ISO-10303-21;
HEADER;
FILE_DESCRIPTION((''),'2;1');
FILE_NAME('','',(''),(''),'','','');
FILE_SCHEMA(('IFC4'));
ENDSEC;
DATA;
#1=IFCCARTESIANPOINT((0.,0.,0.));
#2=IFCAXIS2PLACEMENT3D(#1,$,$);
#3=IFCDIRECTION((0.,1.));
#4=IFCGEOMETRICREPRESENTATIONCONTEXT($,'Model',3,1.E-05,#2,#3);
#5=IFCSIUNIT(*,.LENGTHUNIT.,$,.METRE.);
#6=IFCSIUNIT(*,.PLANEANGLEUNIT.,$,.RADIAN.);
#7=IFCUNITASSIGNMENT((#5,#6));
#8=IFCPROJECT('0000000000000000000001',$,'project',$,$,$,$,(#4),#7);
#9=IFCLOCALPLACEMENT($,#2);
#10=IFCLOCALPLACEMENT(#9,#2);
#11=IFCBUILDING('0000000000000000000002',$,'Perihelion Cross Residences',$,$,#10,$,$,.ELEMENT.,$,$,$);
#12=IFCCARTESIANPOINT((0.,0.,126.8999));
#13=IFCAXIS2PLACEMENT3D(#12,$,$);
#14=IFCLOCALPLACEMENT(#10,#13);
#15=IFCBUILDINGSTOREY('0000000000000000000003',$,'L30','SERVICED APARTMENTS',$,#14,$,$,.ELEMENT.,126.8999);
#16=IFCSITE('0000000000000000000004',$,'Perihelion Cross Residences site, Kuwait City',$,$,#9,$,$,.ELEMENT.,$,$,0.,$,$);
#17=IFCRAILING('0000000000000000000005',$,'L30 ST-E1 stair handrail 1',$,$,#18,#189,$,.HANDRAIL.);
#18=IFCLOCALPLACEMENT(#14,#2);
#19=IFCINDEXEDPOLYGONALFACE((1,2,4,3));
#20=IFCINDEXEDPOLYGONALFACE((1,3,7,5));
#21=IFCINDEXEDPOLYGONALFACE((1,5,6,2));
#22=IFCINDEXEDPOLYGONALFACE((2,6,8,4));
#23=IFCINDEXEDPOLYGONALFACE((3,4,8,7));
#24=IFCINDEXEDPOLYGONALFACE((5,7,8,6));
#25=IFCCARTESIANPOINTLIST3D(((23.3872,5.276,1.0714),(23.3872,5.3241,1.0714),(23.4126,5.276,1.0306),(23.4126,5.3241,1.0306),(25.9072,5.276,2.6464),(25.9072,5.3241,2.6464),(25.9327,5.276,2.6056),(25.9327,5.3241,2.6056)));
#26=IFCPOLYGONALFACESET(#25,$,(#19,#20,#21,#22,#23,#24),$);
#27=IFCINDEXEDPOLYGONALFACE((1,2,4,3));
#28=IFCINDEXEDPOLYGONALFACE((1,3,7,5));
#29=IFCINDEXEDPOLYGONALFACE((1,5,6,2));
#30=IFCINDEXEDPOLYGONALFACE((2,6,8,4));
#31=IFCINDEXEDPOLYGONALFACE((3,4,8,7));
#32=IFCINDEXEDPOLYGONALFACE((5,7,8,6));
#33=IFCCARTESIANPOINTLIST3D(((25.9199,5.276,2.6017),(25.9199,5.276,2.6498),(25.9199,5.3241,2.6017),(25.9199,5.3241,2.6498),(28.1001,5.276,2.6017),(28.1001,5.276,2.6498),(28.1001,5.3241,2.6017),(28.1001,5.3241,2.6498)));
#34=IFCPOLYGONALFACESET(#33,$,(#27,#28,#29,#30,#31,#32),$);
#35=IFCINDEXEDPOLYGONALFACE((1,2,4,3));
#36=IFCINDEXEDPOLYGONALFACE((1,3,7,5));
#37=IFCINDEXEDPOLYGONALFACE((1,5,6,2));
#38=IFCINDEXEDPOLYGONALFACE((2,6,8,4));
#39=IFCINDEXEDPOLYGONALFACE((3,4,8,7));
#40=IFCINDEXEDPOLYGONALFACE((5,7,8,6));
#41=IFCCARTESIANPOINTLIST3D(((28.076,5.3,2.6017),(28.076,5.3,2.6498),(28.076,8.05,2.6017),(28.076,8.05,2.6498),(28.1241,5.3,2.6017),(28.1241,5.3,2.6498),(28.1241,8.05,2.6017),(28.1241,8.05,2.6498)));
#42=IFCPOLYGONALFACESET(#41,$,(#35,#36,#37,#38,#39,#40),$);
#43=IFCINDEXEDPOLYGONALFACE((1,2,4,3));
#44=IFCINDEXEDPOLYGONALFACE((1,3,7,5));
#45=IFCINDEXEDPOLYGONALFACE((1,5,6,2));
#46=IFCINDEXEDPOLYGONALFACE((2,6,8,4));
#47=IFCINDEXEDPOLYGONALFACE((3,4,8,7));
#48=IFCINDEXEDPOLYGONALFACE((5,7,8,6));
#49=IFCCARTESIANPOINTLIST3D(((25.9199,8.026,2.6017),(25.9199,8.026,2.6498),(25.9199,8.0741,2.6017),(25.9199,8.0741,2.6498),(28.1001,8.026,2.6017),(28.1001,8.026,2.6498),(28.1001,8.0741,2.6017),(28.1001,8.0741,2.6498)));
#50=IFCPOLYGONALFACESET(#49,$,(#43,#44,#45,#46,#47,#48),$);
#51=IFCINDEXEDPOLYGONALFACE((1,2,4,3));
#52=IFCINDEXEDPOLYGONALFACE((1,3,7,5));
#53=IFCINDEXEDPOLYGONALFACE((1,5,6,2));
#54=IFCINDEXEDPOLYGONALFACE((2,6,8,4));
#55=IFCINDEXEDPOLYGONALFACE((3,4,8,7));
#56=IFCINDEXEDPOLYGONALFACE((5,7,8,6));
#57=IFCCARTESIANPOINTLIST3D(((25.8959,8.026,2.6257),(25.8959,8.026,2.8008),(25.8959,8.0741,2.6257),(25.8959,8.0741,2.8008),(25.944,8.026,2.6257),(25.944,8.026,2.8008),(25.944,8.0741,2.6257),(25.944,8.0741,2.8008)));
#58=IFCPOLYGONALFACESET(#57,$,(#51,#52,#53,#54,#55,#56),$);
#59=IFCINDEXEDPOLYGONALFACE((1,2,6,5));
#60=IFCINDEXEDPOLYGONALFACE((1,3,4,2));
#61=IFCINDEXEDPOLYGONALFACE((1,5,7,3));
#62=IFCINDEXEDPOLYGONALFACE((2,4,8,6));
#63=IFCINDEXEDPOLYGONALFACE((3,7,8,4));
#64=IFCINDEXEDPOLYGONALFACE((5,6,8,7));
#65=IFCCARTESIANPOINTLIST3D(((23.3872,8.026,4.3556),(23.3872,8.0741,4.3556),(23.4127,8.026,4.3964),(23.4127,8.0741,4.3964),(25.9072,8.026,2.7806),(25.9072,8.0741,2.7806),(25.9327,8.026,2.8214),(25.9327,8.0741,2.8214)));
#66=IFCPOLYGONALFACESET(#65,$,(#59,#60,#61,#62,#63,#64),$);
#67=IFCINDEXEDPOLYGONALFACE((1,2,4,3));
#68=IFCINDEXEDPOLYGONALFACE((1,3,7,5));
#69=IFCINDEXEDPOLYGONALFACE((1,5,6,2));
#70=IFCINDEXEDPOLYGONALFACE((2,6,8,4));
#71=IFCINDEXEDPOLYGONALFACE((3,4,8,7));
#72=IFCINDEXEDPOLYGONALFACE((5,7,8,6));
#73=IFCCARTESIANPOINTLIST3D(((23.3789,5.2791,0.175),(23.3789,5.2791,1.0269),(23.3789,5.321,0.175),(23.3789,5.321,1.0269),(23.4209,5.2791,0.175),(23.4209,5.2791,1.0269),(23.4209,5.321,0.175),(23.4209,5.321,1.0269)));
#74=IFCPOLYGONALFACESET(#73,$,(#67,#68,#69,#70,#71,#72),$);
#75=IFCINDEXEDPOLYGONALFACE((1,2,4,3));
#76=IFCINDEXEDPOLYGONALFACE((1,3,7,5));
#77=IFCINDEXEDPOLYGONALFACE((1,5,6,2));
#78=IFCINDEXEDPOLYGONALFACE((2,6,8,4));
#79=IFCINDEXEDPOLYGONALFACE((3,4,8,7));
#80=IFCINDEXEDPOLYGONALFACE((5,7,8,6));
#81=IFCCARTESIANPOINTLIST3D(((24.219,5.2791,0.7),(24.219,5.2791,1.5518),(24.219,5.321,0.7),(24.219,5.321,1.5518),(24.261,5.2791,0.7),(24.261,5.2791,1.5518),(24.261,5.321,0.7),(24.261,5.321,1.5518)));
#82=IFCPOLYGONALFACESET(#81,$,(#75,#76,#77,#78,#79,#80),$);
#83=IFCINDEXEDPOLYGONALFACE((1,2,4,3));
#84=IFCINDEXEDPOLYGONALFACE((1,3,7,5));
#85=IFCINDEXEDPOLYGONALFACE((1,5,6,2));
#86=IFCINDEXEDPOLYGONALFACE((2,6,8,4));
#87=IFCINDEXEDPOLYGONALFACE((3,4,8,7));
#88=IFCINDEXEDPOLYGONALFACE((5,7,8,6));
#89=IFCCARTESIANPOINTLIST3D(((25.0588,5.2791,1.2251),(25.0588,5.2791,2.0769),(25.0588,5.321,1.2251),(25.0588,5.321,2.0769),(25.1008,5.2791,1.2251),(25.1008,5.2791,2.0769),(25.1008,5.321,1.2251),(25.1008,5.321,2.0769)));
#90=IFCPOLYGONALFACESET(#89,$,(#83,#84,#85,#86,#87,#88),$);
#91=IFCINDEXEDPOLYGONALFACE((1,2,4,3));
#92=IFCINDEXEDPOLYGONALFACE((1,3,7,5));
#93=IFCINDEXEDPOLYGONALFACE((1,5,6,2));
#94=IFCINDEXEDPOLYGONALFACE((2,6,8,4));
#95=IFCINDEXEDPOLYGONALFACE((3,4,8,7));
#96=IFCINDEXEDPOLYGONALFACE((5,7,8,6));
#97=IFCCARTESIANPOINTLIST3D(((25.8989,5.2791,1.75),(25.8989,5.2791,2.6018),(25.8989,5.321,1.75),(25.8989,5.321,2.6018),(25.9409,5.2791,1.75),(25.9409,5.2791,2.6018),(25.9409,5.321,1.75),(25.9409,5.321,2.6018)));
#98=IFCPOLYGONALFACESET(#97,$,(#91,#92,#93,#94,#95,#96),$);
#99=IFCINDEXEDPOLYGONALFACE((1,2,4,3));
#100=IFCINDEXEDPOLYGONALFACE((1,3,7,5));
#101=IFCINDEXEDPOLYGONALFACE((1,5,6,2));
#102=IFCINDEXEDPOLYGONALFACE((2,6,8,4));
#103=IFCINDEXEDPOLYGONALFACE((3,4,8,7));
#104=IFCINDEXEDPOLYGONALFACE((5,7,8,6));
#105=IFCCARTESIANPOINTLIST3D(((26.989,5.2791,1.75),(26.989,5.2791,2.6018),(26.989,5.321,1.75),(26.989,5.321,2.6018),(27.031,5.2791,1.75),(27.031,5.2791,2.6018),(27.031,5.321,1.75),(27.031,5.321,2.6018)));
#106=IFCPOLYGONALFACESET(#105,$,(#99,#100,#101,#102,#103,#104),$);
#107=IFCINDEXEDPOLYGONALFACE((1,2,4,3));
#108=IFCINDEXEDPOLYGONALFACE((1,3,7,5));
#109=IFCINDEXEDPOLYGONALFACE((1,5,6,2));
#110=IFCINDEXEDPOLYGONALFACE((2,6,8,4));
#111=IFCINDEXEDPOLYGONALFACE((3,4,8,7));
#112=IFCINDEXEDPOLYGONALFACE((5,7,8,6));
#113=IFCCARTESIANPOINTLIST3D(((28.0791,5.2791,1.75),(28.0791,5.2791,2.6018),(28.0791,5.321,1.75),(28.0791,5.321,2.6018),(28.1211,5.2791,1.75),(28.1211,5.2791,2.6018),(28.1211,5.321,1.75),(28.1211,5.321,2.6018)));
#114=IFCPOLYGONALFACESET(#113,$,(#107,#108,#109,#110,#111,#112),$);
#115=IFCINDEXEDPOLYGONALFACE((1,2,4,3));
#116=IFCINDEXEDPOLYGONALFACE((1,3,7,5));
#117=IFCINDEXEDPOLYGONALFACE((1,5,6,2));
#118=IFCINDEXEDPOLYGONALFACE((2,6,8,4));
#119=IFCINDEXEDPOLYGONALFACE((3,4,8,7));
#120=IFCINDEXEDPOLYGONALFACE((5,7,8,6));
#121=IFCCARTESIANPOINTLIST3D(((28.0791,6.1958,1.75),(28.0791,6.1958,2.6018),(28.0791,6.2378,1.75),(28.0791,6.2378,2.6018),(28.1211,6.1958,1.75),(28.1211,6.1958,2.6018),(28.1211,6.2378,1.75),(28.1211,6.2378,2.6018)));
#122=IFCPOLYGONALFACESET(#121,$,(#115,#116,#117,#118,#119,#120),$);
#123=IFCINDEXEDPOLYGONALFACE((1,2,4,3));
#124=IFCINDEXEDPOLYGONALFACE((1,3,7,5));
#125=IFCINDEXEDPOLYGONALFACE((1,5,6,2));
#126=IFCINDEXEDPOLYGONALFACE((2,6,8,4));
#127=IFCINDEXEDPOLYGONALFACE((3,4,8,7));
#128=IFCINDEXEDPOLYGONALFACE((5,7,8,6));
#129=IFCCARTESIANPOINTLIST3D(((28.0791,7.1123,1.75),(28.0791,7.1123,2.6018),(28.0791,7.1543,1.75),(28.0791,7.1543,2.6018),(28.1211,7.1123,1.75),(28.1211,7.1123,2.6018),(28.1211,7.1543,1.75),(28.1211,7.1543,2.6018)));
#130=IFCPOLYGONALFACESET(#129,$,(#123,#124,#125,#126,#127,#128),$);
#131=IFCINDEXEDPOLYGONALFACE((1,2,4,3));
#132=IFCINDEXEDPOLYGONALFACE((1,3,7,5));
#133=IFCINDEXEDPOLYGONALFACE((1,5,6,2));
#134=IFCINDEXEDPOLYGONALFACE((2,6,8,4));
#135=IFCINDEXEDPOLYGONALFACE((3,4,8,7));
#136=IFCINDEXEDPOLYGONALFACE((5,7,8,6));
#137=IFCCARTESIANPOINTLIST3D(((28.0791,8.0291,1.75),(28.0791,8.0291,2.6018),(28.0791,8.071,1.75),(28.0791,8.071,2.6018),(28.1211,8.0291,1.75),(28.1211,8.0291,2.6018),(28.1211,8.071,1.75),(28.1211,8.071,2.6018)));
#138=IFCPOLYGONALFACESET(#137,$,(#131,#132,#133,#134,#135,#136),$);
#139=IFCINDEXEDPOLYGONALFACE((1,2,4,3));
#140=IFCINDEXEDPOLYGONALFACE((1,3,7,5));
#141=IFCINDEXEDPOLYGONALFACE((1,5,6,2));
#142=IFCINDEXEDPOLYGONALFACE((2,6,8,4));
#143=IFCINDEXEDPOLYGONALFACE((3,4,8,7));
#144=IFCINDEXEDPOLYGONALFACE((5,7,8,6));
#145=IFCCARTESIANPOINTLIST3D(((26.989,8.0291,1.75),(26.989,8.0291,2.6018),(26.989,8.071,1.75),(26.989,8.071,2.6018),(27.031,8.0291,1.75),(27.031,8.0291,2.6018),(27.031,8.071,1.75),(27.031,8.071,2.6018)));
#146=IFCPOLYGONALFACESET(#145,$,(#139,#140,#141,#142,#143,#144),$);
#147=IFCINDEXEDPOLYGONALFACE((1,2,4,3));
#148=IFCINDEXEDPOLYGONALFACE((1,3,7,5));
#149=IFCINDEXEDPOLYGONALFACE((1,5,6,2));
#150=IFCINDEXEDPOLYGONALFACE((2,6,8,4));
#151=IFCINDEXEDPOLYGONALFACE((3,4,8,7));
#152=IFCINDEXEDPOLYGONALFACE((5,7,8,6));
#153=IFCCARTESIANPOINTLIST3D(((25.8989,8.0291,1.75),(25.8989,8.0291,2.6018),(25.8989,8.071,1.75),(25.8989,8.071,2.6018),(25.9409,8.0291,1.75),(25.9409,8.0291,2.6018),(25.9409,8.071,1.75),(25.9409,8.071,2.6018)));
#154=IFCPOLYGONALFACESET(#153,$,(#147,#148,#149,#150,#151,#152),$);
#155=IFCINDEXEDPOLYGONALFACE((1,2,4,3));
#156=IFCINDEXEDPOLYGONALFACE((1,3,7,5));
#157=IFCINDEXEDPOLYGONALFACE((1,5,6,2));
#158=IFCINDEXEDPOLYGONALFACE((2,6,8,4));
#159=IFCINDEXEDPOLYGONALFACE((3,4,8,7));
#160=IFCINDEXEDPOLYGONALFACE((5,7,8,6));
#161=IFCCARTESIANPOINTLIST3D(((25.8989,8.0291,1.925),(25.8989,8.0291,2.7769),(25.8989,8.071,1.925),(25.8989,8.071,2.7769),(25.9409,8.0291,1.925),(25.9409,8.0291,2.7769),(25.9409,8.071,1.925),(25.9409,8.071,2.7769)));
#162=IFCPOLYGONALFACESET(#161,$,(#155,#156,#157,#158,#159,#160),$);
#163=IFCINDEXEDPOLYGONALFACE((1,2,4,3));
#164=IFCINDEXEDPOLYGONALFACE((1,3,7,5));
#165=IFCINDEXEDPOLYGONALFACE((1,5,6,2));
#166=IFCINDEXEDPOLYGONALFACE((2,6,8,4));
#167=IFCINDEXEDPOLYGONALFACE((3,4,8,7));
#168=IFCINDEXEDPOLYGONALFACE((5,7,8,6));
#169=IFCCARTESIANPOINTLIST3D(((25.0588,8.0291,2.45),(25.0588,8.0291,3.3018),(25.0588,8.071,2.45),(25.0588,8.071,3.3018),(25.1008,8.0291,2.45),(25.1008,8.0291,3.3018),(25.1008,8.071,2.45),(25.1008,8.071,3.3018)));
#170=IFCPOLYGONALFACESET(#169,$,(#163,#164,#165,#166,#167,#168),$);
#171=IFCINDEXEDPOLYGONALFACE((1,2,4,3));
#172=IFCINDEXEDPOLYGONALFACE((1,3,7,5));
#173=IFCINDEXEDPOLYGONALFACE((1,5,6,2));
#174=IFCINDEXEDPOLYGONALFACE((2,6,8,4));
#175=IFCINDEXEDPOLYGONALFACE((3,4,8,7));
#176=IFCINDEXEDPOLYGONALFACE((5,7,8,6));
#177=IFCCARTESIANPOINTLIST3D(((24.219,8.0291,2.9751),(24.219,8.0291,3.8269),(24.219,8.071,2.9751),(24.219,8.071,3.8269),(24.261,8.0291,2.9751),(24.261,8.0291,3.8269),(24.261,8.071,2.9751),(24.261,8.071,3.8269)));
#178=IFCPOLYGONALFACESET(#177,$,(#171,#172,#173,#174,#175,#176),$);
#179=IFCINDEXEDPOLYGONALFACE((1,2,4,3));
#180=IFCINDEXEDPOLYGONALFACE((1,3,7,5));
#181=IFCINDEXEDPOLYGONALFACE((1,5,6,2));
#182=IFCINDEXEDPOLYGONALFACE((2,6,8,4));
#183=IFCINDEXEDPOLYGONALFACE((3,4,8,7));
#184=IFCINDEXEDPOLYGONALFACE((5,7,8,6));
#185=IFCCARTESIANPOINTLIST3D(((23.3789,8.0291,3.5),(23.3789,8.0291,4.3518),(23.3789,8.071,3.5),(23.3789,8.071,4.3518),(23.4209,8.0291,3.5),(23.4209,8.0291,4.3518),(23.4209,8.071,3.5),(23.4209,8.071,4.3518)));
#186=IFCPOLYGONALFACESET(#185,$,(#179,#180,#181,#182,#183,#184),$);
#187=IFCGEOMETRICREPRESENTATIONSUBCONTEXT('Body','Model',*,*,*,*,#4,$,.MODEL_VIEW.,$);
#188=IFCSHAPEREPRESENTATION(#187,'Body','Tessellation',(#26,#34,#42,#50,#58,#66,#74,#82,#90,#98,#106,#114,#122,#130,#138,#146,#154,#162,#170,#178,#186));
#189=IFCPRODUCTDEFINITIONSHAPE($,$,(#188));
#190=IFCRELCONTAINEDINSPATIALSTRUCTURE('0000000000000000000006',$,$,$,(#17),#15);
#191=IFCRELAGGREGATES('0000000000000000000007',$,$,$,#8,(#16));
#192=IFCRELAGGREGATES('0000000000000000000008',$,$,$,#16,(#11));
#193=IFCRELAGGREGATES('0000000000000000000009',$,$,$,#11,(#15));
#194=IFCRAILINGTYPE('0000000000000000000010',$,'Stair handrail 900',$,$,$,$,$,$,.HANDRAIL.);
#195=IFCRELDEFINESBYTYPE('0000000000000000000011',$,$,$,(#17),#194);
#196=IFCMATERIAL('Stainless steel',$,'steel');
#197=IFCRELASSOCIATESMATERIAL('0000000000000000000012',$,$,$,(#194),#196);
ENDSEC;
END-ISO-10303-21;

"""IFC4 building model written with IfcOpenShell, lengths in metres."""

from ifc_helpers import new_model, si_unit, direction, frame, origin, origin_2d, place, context, subcontext, project, spatial, rectangle, extrude, material, type_object, element, save


model = new_model("IFC4")

# Units and contexts
model_context = context("Model", 3, precision=1e-05, world=origin(), true_north=direction((0.0, 1.0)))
body_context = subcontext(model_context, "Body", "Model", "MODEL_VIEW")
ifc_project = project(units=[si_unit("LENGTHUNIT", "METRE"), si_unit("PLANEANGLEUNIT", "RADIAN")], contexts=[model_context])

# Site, building, storey
site_placement = place(None, origin())
site = spatial("IfcSite", under=ifc_project, at=site_placement, Name="Perihelion Cross Residences site, Kuwait City", CompositionType="ELEMENT", RefElevation=0.0)
building_placement = place(site_placement, origin())
building = spatial("IfcBuilding", under=site, at=building_placement, Name="Perihelion Cross Residences", CompositionType="ELEMENT")
storey_placement = place(building_placement, frame((0.0, 0.0, 126.8999)))
storey = spatial("IfcBuildingStorey", under=building, at=storey_placement, Name="L30", Description="SERVICED APARTMENTS", CompositionType="ELEMENT", Elevation=126.8999)

# Railing
ifc_material_1 = material(Name="Stainless steel", Category="steel")
railing_type_1 = type_object("IfcRailingType", Name="Stair handrail 900", PredefinedType="HANDRAIL", material=ifc_material_1)
railing_1_placement = place(storey_placement, frame((23.3999, 5.3, 0.175)))
element("IfcRailing", 1, at=railing_1_placement, inside=storey, type_object=railing_type_1, Name="L30 ST-E1 stair handrail 1", PredefinedType="HANDRAIL", context=body_context, shape_type="SweptSolid", body=[
    extrude(rectangle(XDim=0.0481, YDim=0.0481, at=origin_2d()), frame((0.0, 0.0, 0.876), z_axis=(0.848008, 0.0, 0.529984), x_axis=(0.0, 1.0, 0.0)), (0.0, 0.0, 1.0), 2.9717),
    extrude(rectangle(XDim=0.0481, YDim=0.0481, at=origin_2d()), frame((2.52, 0.0, 2.4507), z_axis=(1.0, 0.0, 0.0), x_axis=(0.0, 1.0, 0.0)), (0.0, 0.0, 1.0), 2.1802),
    extrude(rectangle(XDim=0.0481, YDim=0.0481, at=origin_2d()), frame((4.7002, 0.0, 2.4507), z_axis=(0.0, 1.0, 0.0), x_axis=(-1.0, 0.0, 0.0)), (0.0, 0.0, 1.0), 2.75),
    extrude(rectangle(XDim=0.0481, YDim=0.0481, at=origin_2d()), frame((4.7002, 2.75, 2.4507), z_axis=(-1.0, 0.0, 0.0), x_axis=(0.0, -1.0, 0.0)), (0.0, 0.0, 1.0), 2.1802),
    extrude(rectangle(XDim=0.0481, YDim=0.0481, at=origin_2d()), frame((2.52, 2.75, 2.4507), z_axis=(0.0, 0.0, 1.0), x_axis=(1.0, 0.0, 0.0)), (0.0, 0.0, 1.0), 0.175),
    extrude(rectangle(XDim=0.0481, YDim=0.0481, at=origin_2d()), frame((2.52, 2.75, 2.626), z_axis=(-0.848008, 0.0, 0.529984), x_axis=(0.0, -1.0, 0.0)), (0.0, 0.0, 1.0), 2.9717),
    extrude(rectangle(XDim=0.042, YDim=0.042, at=origin_2d()), origin(), (0.0, 0.0, 1.0), 0.8518),
    extrude(rectangle(XDim=0.042, YDim=0.042, at=origin_2d()), frame((0.8401, 0.0, 0.5249)), (0.0, 0.0, 1.0), 0.8518),
    extrude(rectangle(XDim=0.042, YDim=0.042, at=origin_2d()), frame((1.6799, 0.0, 1.05)), (0.0, 0.0, 1.0), 0.8518),
    extrude(rectangle(XDim=0.042, YDim=0.042, at=origin_2d()), frame((2.52, 0.0, 1.575)), (0.0, 0.0, 1.0), 0.8518),
    extrude(rectangle(XDim=0.042, YDim=0.042, at=origin_2d()), frame((3.6101, 0.0, 1.575)), (0.0, 0.0, 1.0), 0.8518),
    extrude(rectangle(XDim=0.042, YDim=0.042, at=origin_2d()), frame((4.7002, 0.0, 1.575)), (0.0, 0.0, 1.0), 0.8518),
    extrude(rectangle(XDim=0.042, YDim=0.042, at=origin_2d()), frame((4.7002, 0.9167, 1.575)), (0.0, 0.0, 1.0), 0.8518),
    extrude(rectangle(XDim=0.042, YDim=0.042, at=origin_2d()), frame((4.7002, 1.8333, 1.575)), (0.0, 0.0, 1.0), 0.8518),
    extrude(rectangle(XDim=0.042, YDim=0.042, at=origin_2d()), frame((4.7002, 2.75, 1.575)), (0.0, 0.0, 1.0), 0.8518),
    extrude(rectangle(XDim=0.042, YDim=0.042, at=origin_2d()), frame((3.6101, 2.75, 1.575)), (0.0, 0.0, 1.0), 0.8518),
    extrude(rectangle(XDim=0.042, YDim=0.042, at=origin_2d()), frame((2.52, 2.75, 1.575)), (0.0, 0.0, 1.0), 0.8518),
    extrude(rectangle(XDim=0.042, YDim=0.042, at=origin_2d()), frame((2.52, 2.75, 1.75)), (0.0, 0.0, 1.0), 0.8518),
    extrude(rectangle(XDim=0.042, YDim=0.042, at=origin_2d()), frame((1.6799, 2.75, 2.2749)), (0.0, 0.0, 1.0), 0.8518),
    extrude(rectangle(XDim=0.042, YDim=0.042, at=origin_2d()), frame((0.8401, 2.75, 2.8)), (0.0, 0.0, 1.0), 0.8518),
    extrude(rectangle(XDim=0.042, YDim=0.042, at=origin_2d()), frame((0.0, 2.75, 3.325)), (0.0, 0.0, 1.0), 0.8518),
])

save(model, "model.ifc")
